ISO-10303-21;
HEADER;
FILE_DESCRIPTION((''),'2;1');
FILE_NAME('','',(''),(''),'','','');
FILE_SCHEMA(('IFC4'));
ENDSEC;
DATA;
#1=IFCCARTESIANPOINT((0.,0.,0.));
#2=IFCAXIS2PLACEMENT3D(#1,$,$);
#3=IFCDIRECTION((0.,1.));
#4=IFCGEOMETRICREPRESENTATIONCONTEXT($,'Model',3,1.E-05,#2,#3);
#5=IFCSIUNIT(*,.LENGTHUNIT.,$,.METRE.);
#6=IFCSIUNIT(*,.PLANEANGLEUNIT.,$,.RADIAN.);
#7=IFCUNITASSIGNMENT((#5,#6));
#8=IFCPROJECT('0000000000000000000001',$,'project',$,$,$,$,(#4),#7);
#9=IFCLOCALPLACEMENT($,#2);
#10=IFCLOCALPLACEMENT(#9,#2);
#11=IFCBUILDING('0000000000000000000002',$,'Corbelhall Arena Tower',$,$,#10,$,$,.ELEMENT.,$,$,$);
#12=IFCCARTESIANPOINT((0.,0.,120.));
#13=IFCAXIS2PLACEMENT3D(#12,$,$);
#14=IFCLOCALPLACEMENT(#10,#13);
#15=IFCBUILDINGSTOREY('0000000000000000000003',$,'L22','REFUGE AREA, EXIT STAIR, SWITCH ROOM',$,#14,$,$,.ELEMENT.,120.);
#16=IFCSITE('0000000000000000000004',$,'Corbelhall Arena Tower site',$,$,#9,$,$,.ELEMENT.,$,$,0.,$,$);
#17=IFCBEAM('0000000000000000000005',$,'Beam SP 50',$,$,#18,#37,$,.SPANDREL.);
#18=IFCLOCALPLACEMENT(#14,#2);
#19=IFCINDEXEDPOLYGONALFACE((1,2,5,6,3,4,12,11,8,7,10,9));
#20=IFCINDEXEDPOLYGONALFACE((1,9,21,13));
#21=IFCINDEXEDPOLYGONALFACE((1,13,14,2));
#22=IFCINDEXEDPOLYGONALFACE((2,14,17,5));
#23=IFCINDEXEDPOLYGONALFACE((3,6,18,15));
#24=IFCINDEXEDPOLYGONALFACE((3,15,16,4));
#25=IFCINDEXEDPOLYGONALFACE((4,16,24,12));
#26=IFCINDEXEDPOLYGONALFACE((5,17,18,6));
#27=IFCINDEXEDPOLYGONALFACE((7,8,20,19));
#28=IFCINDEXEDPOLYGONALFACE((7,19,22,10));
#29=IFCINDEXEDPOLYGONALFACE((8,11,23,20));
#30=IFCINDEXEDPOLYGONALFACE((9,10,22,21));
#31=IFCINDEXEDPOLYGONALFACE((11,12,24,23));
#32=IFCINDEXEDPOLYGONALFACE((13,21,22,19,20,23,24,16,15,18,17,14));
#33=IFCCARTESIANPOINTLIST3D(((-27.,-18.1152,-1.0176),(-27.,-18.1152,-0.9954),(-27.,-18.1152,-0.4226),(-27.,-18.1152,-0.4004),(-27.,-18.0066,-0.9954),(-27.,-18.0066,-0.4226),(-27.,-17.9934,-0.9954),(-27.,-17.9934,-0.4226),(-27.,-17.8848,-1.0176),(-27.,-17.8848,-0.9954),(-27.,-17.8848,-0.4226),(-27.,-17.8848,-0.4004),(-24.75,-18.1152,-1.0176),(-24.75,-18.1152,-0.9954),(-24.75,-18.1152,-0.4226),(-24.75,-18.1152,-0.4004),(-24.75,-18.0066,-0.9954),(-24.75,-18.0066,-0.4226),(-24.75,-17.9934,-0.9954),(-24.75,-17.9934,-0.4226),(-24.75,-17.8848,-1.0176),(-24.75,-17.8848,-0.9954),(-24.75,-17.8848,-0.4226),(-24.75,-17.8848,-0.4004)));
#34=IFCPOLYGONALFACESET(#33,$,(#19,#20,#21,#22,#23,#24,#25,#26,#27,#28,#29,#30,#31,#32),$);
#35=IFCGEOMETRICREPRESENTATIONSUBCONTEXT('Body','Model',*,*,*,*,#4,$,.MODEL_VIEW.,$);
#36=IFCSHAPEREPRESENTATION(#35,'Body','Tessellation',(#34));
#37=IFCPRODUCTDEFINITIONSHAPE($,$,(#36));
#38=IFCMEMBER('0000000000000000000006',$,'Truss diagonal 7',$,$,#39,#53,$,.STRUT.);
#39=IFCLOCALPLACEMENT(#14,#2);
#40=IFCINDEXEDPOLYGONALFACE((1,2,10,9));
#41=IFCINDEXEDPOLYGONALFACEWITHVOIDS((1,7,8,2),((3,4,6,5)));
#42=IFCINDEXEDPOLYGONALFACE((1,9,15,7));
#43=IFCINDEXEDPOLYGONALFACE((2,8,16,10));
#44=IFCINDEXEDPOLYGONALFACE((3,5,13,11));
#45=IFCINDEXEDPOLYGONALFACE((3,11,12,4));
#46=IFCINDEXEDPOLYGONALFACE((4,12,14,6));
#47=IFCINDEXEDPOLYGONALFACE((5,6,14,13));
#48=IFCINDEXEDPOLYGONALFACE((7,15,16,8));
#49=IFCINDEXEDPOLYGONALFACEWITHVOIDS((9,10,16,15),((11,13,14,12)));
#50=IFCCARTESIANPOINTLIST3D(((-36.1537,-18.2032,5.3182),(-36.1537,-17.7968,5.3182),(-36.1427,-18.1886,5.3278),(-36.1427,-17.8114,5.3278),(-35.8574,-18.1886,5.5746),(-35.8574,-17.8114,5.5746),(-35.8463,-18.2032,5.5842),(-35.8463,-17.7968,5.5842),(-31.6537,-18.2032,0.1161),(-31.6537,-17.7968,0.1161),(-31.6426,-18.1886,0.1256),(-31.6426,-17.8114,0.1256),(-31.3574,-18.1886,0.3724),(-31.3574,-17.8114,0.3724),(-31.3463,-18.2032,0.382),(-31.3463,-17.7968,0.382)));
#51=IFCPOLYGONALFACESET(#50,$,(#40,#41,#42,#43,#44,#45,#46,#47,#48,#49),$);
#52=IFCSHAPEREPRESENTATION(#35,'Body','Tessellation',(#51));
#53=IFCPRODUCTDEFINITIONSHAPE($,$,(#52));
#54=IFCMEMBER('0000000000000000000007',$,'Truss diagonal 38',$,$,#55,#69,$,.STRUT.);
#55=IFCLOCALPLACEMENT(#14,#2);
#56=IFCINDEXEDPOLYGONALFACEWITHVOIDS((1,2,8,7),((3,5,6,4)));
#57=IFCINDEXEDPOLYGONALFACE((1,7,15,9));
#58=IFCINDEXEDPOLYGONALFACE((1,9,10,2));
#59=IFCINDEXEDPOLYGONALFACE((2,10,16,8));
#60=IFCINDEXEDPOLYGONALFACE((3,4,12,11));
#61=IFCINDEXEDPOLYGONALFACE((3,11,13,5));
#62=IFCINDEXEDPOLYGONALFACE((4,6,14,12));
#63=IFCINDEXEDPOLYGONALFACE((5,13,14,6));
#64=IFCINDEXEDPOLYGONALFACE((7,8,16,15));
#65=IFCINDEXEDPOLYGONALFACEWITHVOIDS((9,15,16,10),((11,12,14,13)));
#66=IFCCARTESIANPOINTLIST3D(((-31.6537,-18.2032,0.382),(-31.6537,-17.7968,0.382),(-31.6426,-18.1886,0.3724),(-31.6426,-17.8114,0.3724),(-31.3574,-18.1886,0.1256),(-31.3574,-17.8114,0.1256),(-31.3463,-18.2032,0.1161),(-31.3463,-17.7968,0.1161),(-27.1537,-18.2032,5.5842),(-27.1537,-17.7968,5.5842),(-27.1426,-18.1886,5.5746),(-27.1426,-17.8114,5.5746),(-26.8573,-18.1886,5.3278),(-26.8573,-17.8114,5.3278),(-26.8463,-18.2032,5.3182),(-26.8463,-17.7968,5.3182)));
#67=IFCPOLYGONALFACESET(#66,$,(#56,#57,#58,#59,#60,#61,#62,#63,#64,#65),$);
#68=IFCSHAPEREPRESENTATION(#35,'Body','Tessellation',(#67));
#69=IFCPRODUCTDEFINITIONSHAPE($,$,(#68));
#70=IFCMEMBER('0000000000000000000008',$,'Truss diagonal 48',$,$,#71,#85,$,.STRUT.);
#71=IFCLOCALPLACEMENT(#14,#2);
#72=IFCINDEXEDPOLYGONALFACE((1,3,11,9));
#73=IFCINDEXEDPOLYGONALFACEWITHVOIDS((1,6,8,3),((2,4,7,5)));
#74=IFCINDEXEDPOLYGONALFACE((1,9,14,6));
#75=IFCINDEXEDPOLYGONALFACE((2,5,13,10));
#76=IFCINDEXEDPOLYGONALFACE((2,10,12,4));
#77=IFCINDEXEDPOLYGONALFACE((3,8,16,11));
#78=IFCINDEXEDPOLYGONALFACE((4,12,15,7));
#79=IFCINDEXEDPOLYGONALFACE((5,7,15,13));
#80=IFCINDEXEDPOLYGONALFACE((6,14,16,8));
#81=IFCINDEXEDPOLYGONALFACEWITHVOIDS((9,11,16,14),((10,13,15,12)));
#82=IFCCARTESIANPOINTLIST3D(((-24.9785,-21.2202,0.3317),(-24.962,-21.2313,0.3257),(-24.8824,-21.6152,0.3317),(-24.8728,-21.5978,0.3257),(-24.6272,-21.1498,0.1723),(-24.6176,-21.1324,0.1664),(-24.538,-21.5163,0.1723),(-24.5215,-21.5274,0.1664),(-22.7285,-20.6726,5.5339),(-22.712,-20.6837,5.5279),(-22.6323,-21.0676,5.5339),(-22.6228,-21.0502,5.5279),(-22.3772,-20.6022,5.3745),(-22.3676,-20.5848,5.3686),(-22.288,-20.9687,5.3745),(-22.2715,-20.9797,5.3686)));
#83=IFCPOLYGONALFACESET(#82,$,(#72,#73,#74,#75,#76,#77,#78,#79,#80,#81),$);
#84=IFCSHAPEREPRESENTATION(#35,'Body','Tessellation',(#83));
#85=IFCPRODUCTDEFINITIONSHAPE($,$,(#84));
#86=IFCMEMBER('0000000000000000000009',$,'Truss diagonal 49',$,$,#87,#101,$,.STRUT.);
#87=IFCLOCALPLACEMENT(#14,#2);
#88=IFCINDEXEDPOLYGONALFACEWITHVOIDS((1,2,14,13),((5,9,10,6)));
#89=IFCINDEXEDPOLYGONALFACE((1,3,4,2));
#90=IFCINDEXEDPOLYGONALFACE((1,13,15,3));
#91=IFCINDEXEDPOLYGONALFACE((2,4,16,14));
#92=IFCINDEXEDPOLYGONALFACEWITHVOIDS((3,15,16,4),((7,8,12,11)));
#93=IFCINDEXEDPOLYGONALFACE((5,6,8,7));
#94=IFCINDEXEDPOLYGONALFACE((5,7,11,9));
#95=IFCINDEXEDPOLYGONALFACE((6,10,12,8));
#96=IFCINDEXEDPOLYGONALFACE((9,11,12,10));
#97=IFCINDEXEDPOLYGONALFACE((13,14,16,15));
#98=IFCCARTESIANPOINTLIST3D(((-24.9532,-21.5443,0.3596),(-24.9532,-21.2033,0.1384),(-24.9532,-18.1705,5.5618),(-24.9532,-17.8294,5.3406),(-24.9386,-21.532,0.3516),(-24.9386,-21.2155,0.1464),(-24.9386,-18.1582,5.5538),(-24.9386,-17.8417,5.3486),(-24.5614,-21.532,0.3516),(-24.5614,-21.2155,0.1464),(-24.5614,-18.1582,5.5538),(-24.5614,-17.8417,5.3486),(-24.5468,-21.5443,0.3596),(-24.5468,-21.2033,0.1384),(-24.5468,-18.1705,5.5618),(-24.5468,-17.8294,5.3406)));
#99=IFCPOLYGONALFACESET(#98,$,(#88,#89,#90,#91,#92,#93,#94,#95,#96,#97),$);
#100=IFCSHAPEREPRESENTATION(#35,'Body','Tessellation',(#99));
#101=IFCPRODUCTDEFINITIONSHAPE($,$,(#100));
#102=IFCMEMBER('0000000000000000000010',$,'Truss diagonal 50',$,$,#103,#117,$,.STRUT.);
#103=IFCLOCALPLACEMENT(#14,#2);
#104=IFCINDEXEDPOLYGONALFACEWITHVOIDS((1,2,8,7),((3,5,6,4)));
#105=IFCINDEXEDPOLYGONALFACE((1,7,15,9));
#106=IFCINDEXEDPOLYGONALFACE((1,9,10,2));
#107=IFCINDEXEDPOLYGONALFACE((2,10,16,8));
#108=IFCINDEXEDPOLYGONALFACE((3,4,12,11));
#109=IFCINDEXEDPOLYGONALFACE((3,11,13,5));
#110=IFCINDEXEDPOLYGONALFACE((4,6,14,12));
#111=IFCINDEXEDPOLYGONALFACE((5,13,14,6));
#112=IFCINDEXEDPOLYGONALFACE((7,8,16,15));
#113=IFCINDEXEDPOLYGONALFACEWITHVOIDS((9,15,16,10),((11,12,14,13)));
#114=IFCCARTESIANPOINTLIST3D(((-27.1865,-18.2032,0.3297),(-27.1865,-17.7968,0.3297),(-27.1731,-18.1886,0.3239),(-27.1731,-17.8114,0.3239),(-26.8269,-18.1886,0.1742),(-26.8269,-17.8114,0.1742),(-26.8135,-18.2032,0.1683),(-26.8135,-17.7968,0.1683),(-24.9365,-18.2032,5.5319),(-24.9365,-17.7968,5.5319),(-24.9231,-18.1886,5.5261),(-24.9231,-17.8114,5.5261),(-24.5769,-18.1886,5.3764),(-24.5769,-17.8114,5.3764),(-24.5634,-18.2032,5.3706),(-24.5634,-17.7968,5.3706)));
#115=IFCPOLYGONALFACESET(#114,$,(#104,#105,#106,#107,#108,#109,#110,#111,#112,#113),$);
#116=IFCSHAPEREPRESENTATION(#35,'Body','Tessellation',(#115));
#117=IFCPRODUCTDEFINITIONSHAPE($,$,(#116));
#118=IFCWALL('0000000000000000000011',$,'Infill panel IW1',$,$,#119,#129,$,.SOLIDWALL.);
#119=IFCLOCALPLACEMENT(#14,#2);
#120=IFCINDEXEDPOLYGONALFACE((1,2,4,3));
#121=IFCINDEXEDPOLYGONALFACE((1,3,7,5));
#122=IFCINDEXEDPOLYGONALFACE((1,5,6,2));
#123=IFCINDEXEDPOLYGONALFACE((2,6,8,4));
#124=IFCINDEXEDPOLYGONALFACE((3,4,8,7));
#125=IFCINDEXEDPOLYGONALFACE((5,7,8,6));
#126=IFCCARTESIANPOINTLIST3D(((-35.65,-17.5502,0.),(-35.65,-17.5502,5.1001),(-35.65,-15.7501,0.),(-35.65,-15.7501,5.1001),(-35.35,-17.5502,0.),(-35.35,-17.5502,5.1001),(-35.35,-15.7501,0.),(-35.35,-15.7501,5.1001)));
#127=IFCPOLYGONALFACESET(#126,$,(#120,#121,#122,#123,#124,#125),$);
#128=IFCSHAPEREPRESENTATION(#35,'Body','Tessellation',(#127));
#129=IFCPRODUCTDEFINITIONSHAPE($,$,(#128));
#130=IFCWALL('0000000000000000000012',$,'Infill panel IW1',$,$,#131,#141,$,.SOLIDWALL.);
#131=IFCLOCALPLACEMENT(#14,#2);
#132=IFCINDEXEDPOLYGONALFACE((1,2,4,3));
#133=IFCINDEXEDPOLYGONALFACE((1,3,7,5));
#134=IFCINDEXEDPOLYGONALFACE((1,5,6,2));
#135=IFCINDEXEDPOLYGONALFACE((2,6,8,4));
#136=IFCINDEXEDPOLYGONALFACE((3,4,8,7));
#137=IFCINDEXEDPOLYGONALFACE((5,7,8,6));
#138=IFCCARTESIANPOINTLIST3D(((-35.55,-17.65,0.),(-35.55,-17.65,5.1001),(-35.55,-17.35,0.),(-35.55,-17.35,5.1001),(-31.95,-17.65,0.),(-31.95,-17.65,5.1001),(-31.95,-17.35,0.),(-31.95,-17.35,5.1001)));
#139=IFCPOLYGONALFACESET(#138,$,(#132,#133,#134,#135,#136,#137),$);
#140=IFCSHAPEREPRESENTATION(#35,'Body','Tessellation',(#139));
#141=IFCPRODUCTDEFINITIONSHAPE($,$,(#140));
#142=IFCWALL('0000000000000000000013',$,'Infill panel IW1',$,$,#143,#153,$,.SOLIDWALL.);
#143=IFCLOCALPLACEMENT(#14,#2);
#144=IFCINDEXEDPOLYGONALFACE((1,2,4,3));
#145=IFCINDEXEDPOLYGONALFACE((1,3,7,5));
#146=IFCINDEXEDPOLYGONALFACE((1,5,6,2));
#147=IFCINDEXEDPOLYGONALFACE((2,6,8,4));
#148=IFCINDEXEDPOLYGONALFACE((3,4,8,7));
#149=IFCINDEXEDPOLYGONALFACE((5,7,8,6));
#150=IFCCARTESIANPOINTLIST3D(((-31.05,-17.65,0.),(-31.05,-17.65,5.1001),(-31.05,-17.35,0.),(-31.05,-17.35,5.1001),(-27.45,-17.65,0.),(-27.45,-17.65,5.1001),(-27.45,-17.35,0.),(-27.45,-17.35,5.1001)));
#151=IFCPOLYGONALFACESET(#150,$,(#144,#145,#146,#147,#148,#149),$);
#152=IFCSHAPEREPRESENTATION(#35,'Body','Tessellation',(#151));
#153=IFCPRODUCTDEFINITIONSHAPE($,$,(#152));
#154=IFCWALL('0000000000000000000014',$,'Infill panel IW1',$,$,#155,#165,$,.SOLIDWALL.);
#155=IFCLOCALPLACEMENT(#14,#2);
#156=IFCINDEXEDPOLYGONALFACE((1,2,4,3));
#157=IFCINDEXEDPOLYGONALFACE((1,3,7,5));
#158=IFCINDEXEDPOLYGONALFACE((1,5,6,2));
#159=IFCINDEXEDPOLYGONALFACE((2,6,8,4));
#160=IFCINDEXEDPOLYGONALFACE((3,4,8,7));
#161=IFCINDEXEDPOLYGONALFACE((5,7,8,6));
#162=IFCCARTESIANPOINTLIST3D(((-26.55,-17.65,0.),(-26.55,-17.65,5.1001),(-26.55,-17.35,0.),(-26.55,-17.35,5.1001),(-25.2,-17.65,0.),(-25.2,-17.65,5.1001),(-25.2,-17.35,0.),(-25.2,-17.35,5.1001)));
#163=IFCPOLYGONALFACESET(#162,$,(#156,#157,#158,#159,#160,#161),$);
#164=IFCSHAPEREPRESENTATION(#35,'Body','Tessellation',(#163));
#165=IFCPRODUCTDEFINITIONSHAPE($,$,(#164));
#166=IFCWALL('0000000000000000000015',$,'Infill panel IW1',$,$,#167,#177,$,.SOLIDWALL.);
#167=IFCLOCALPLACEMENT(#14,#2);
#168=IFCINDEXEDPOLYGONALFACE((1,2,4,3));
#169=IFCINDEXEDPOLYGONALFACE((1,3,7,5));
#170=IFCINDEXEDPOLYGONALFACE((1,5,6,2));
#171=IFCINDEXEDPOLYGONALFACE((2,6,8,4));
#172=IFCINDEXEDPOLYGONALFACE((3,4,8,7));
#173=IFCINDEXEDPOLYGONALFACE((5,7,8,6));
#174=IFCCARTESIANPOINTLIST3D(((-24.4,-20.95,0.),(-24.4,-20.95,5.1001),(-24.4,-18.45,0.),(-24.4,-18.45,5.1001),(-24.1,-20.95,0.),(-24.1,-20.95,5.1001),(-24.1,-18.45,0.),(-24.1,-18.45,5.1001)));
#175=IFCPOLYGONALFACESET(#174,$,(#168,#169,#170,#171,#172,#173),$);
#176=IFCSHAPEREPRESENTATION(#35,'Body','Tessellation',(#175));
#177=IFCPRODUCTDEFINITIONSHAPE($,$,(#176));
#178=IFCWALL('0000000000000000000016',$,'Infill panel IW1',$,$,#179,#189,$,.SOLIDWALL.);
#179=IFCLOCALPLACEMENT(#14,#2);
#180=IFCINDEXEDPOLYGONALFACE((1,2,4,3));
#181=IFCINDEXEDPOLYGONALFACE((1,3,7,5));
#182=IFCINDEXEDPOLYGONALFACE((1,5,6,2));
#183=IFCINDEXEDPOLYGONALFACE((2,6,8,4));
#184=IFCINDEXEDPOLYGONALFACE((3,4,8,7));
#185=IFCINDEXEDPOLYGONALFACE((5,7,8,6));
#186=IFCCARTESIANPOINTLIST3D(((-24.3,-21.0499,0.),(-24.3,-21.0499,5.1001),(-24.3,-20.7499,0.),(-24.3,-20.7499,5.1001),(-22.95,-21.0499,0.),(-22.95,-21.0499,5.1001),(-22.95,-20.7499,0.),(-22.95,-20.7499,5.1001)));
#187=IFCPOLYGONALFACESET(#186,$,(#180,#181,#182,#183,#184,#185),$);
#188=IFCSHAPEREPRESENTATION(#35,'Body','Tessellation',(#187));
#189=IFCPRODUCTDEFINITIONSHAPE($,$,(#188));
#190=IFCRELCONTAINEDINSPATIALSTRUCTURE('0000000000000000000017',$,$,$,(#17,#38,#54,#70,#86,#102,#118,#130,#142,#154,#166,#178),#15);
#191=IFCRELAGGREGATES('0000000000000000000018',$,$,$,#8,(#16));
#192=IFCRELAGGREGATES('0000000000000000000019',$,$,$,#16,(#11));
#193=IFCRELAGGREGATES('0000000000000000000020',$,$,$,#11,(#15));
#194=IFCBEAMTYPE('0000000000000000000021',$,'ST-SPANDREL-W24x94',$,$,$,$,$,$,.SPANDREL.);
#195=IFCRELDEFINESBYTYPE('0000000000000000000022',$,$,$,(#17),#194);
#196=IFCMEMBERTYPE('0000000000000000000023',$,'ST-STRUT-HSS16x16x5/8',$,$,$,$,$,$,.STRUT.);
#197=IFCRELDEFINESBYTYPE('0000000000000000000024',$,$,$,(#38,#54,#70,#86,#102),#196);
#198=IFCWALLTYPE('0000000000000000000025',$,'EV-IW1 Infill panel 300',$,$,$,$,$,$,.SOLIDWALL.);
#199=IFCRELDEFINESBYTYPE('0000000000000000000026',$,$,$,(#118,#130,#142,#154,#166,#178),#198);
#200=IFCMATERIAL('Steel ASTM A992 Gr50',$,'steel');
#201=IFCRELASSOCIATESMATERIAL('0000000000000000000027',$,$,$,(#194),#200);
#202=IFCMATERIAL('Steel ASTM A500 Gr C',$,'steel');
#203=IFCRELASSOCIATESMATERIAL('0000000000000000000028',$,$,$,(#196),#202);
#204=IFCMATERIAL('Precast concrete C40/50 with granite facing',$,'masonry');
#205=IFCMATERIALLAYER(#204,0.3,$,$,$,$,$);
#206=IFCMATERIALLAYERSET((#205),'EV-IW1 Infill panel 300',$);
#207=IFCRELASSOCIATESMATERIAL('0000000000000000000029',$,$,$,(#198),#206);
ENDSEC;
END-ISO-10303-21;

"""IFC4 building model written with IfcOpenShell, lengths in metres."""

from ifc_helpers import new_model, si_unit, direction, frame, frame_2d, origin, origin_2d, place, context, subcontext, project, spatial, rectangle, hollow_rectangle, i_section, extrude, material, layer, layer_set, material_profile, profile_set, type_object, element, save


model = new_model("IFC4")

# Units and contexts
model_context = context("Model", 3, precision=1e-05, world=origin(), true_north=direction((0.0, 1.0)))
body_context = subcontext(model_context, "Body", "Model", "MODEL_VIEW")
ifc_project = project(units=[si_unit("LENGTHUNIT", "METRE"), si_unit("PLANEANGLEUNIT", "RADIAN")], contexts=[model_context])

# Site, building, storey
site_placement = place(None, origin())
site = spatial("IfcSite", under=ifc_project, at=site_placement, Name="Corbelhall Arena Tower site", CompositionType="ELEMENT", RefElevation=0.0)
building_placement = place(site_placement, origin())
building = spatial("IfcBuilding", under=site, at=building_placement, Name="Corbelhall Arena Tower", CompositionType="ELEMENT")
storey_placement = place(building_placement, frame((0.0, 0.0, 120.0)))
storey = spatial("IfcBuildingStorey", under=building, at=storey_placement, Name="L22", Description="REFUGE AREA, EXIT STAIR, SWITCH ROOM", CompositionType="ELEMENT", Elevation=120.0)

# Beam
ifc_material_1 = material(Name="Steel ASTM A992 Gr50", Category="steel")
ifc_material_profile_1 = material_profile(ifc_material_1, i_section(OverallWidth=0.2305, OverallDepth=0.6172, WebThickness=0.0132, FlangeThickness=0.0222, at=origin_2d()))
ifc_profile_set_1 = profile_set([ifc_material_profile_1], Name="Steel ASTM A992 Gr50")
beam_type = type_object("IfcBeamType", Name="ST-SPANDREL-W24x94", PredefinedType="SPANDREL", material=ifc_profile_set_1)
beam_1_placement = place(storey_placement, frame((-24.75, -18.0, -0.709), z_axis=(-1.0, 0.0, 0.0), x_axis=(0.0, -1.0, 0.0)))
element("IfcBeam", 1, at=beam_1_placement, inside=storey, type_object=beam_type, Name="Beam SP 50", PredefinedType="SPANDREL", context=body_context, shape_type="SweptSolid", body=[
    extrude(i_section(OverallWidth=0.2305, OverallDepth=0.6172, WebThickness=0.0132, FlangeThickness=0.0222, at=origin_2d()), origin(), (0.0, 0.0, 1.0), 2.25),
])

# Members
ifc_material_2 = material(Name="Steel ASTM A500 Gr C", Category="steel")
ifc_material_profile_2 = material_profile(ifc_material_2, hollow_rectangle(XDim=0.4065, YDim=0.4065, WallThickness=0.0146, at=origin_2d()))
ifc_profile_set_2 = profile_set([ifc_material_profile_2], Name="Steel ASTM A500 Gr C")
member_type_1 = type_object("IfcMemberType", Name="ST-STRUT-HSS16x16x5/8", PredefinedType="STRUT", material=ifc_profile_set_2)
for number, where, z_axis, x_axis, name in (
    (2, (-31.5, -18.0, 0.249), (-0.654222, 0.0, 0.756302), (0.0, -1.0, 0.0), "Truss diagonal 7"),
    (3, (-31.5, -18.0, 0.249), (0.654222, 0.0, 0.756302), (0.0, 1.0, 0.0), "Truss diagonal 38"),
):
    element("IfcMember", number, at=place(storey_placement, frame(where, z_axis=z_axis, x_axis=x_axis)), inside=storey, type_object=member_type_1, Name=name, PredefinedType="STRUT", context=body_context, shape_type="SweptSolid", body=[
        extrude(hollow_rectangle(XDim=0.4065, YDim=0.4065, WallThickness=0.0146, at=origin_2d()), origin(), (0.0, 0.0, 1.0), 6.8784),
    ])
member_1_placement = place(storey_placement, frame((-24.75, -21.3738, 0.249), z_axis=(0.395134, 0.096168, 0.913576), x_axis=(-0.236478, 0.971637, 0.0)))
element("IfcMember", 4, at=member_1_placement, inside=storey, type_object=member_type_1, Name="Truss diagonal 48", PredefinedType="STRUT", context=body_context, shape_type="SweptSolid", body=[
    extrude(hollow_rectangle(XDim=0.4065, YDim=0.4065, WallThickness=0.0146, at=origin_2d()), origin(), (0.0, 0.0, 1.0), 5.6943),
])
member_2_placement = place(storey_placement, frame((-24.75, -21.3738, 0.249), z_axis=(0.0, 0.544124, 0.839005), x_axis=(-1.0, 0.0, 0.0)))
element("IfcMember", 5, at=member_2_placement, inside=storey, type_object=member_type_1, Name="Truss diagonal 49", PredefinedType="STRUT", context=body_context, shape_type="SweptSolid", body=[
    extrude(hollow_rectangle(XDim=0.4065, YDim=0.4065, WallThickness=0.0146, at=origin_2d()), origin(), (0.0, 0.0, 1.0), 6.2004),
])
member_3_placement = place(storey_placement, frame((-27.0, -18.0, 0.249), z_axis=(0.396974, 0.0, 0.91783), x_axis=(0.0, 1.0, 0.0)))
element("IfcMember", 6, at=member_3_placement, inside=storey, type_object=member_type_1, Name="Truss diagonal 50", PredefinedType="STRUT", context=body_context, shape_type="SweptSolid", body=[
    extrude(hollow_rectangle(XDim=0.4065, YDim=0.4065, WallThickness=0.0146, at=origin_2d()), origin(), (0.0, 0.0, 1.0), 5.668),
])

# Walls
ifc_material_3 = material(Name="Precast concrete C40/50 with granite facing", Category="masonry")
ifc_layer_1 = layer(ifc_material_3, 0.3)
ifc_layer_set_1 = layer_set([ifc_layer_1], Name="EV-IW1 Infill panel 300")
wall_type_1 = type_object("IfcWallType", Name="EV-IW1 Infill panel 300", PredefinedType="SOLIDWALL", material=ifc_layer_set_1)
wall_1_placement = place(storey_placement, frame((-35.5, -17.55, 0.0), z_axis=(0.0, 0.0, 1.0), x_axis=(0.0, 1.0, 0.0)))
element("IfcWall", 7, at=wall_1_placement, inside=storey, type_object=wall_type_1, Name="Infill panel IW1", PredefinedType="SOLIDWALL", context=body_context, shape_type="SweptSolid", body=[
    extrude(rectangle(XDim=1.8, YDim=0.3, at=frame_2d((0.8999, 0.0))), origin(), (0.0, 0.0, 1.0), 5.1001),
])
for number, where, z_axis, x_axis, name in (
    (8, (-35.55, -17.5, 0.0), (0.0, 0.0, 1.0), (1.0, 0.0, 0.0), "Infill panel IW1"),
    (9, (-31.05, -17.5, 0.0), (0.0, 0.0, 1.0), (1.0, 0.0, 0.0), "Infill panel IW1"),
):
    element("IfcWall", number, at=place(storey_placement, frame(where, z_axis=z_axis, x_axis=x_axis)), inside=storey, type_object=wall_type_1, Name=name, PredefinedType="SOLIDWALL", context=body_context, shape_type="SweptSolid", body=[
        extrude(rectangle(XDim=3.6001, YDim=0.3, at=frame_2d((1.8, 0.0))), origin(), (0.0, 0.0, 1.0), 5.1001),
    ])
wall_2_placement = place(storey_placement, frame((-26.55, -17.5, 0.0), z_axis=(0.0, 0.0, 1.0), x_axis=(1.0, 0.0, 0.0)))
element("IfcWall", 10, at=wall_2_placement, inside=storey, type_object=wall_type_1, Name="Infill panel IW1", PredefinedType="SOLIDWALL", context=body_context, shape_type="SweptSolid", body=[
    extrude(rectangle(XDim=1.3501, YDim=0.3, at=frame_2d((0.675, 0.0))), origin(), (0.0, 0.0, 1.0), 5.1001),
])
wall_3_placement = place(storey_placement, frame((-24.25, -18.45, 0.0), z_axis=(0.0, 0.0, 1.0), x_axis=(0.0, -1.0, 0.0)))
element("IfcWall", 11, at=wall_3_placement, inside=storey, type_object=wall_type_1, Name="Infill panel IW1", PredefinedType="SOLIDWALL", context=body_context, shape_type="SweptSolid", body=[
    extrude(rectangle(XDim=2.5, YDim=0.3, at=frame_2d((1.25, 0.0))), origin(), (0.0, 0.0, 1.0), 5.1001),
])
wall_4_placement = place(storey_placement, frame((-24.3, -20.8999, 0.0), z_axis=(0.0, 0.0, 1.0), x_axis=(1.0, 0.0, 0.0)))
element("IfcWall", 12, at=wall_4_placement, inside=storey, type_object=wall_type_1, Name="Infill panel IW1", PredefinedType="SOLIDWALL", context=body_context, shape_type="SweptSolid", body=[
    extrude(rectangle(XDim=1.3501, YDim=0.3, at=frame_2d((0.675, 0.0))), origin(), (0.0, 0.0, 1.0), 5.1001),
])

save(model, "model.ifc")
